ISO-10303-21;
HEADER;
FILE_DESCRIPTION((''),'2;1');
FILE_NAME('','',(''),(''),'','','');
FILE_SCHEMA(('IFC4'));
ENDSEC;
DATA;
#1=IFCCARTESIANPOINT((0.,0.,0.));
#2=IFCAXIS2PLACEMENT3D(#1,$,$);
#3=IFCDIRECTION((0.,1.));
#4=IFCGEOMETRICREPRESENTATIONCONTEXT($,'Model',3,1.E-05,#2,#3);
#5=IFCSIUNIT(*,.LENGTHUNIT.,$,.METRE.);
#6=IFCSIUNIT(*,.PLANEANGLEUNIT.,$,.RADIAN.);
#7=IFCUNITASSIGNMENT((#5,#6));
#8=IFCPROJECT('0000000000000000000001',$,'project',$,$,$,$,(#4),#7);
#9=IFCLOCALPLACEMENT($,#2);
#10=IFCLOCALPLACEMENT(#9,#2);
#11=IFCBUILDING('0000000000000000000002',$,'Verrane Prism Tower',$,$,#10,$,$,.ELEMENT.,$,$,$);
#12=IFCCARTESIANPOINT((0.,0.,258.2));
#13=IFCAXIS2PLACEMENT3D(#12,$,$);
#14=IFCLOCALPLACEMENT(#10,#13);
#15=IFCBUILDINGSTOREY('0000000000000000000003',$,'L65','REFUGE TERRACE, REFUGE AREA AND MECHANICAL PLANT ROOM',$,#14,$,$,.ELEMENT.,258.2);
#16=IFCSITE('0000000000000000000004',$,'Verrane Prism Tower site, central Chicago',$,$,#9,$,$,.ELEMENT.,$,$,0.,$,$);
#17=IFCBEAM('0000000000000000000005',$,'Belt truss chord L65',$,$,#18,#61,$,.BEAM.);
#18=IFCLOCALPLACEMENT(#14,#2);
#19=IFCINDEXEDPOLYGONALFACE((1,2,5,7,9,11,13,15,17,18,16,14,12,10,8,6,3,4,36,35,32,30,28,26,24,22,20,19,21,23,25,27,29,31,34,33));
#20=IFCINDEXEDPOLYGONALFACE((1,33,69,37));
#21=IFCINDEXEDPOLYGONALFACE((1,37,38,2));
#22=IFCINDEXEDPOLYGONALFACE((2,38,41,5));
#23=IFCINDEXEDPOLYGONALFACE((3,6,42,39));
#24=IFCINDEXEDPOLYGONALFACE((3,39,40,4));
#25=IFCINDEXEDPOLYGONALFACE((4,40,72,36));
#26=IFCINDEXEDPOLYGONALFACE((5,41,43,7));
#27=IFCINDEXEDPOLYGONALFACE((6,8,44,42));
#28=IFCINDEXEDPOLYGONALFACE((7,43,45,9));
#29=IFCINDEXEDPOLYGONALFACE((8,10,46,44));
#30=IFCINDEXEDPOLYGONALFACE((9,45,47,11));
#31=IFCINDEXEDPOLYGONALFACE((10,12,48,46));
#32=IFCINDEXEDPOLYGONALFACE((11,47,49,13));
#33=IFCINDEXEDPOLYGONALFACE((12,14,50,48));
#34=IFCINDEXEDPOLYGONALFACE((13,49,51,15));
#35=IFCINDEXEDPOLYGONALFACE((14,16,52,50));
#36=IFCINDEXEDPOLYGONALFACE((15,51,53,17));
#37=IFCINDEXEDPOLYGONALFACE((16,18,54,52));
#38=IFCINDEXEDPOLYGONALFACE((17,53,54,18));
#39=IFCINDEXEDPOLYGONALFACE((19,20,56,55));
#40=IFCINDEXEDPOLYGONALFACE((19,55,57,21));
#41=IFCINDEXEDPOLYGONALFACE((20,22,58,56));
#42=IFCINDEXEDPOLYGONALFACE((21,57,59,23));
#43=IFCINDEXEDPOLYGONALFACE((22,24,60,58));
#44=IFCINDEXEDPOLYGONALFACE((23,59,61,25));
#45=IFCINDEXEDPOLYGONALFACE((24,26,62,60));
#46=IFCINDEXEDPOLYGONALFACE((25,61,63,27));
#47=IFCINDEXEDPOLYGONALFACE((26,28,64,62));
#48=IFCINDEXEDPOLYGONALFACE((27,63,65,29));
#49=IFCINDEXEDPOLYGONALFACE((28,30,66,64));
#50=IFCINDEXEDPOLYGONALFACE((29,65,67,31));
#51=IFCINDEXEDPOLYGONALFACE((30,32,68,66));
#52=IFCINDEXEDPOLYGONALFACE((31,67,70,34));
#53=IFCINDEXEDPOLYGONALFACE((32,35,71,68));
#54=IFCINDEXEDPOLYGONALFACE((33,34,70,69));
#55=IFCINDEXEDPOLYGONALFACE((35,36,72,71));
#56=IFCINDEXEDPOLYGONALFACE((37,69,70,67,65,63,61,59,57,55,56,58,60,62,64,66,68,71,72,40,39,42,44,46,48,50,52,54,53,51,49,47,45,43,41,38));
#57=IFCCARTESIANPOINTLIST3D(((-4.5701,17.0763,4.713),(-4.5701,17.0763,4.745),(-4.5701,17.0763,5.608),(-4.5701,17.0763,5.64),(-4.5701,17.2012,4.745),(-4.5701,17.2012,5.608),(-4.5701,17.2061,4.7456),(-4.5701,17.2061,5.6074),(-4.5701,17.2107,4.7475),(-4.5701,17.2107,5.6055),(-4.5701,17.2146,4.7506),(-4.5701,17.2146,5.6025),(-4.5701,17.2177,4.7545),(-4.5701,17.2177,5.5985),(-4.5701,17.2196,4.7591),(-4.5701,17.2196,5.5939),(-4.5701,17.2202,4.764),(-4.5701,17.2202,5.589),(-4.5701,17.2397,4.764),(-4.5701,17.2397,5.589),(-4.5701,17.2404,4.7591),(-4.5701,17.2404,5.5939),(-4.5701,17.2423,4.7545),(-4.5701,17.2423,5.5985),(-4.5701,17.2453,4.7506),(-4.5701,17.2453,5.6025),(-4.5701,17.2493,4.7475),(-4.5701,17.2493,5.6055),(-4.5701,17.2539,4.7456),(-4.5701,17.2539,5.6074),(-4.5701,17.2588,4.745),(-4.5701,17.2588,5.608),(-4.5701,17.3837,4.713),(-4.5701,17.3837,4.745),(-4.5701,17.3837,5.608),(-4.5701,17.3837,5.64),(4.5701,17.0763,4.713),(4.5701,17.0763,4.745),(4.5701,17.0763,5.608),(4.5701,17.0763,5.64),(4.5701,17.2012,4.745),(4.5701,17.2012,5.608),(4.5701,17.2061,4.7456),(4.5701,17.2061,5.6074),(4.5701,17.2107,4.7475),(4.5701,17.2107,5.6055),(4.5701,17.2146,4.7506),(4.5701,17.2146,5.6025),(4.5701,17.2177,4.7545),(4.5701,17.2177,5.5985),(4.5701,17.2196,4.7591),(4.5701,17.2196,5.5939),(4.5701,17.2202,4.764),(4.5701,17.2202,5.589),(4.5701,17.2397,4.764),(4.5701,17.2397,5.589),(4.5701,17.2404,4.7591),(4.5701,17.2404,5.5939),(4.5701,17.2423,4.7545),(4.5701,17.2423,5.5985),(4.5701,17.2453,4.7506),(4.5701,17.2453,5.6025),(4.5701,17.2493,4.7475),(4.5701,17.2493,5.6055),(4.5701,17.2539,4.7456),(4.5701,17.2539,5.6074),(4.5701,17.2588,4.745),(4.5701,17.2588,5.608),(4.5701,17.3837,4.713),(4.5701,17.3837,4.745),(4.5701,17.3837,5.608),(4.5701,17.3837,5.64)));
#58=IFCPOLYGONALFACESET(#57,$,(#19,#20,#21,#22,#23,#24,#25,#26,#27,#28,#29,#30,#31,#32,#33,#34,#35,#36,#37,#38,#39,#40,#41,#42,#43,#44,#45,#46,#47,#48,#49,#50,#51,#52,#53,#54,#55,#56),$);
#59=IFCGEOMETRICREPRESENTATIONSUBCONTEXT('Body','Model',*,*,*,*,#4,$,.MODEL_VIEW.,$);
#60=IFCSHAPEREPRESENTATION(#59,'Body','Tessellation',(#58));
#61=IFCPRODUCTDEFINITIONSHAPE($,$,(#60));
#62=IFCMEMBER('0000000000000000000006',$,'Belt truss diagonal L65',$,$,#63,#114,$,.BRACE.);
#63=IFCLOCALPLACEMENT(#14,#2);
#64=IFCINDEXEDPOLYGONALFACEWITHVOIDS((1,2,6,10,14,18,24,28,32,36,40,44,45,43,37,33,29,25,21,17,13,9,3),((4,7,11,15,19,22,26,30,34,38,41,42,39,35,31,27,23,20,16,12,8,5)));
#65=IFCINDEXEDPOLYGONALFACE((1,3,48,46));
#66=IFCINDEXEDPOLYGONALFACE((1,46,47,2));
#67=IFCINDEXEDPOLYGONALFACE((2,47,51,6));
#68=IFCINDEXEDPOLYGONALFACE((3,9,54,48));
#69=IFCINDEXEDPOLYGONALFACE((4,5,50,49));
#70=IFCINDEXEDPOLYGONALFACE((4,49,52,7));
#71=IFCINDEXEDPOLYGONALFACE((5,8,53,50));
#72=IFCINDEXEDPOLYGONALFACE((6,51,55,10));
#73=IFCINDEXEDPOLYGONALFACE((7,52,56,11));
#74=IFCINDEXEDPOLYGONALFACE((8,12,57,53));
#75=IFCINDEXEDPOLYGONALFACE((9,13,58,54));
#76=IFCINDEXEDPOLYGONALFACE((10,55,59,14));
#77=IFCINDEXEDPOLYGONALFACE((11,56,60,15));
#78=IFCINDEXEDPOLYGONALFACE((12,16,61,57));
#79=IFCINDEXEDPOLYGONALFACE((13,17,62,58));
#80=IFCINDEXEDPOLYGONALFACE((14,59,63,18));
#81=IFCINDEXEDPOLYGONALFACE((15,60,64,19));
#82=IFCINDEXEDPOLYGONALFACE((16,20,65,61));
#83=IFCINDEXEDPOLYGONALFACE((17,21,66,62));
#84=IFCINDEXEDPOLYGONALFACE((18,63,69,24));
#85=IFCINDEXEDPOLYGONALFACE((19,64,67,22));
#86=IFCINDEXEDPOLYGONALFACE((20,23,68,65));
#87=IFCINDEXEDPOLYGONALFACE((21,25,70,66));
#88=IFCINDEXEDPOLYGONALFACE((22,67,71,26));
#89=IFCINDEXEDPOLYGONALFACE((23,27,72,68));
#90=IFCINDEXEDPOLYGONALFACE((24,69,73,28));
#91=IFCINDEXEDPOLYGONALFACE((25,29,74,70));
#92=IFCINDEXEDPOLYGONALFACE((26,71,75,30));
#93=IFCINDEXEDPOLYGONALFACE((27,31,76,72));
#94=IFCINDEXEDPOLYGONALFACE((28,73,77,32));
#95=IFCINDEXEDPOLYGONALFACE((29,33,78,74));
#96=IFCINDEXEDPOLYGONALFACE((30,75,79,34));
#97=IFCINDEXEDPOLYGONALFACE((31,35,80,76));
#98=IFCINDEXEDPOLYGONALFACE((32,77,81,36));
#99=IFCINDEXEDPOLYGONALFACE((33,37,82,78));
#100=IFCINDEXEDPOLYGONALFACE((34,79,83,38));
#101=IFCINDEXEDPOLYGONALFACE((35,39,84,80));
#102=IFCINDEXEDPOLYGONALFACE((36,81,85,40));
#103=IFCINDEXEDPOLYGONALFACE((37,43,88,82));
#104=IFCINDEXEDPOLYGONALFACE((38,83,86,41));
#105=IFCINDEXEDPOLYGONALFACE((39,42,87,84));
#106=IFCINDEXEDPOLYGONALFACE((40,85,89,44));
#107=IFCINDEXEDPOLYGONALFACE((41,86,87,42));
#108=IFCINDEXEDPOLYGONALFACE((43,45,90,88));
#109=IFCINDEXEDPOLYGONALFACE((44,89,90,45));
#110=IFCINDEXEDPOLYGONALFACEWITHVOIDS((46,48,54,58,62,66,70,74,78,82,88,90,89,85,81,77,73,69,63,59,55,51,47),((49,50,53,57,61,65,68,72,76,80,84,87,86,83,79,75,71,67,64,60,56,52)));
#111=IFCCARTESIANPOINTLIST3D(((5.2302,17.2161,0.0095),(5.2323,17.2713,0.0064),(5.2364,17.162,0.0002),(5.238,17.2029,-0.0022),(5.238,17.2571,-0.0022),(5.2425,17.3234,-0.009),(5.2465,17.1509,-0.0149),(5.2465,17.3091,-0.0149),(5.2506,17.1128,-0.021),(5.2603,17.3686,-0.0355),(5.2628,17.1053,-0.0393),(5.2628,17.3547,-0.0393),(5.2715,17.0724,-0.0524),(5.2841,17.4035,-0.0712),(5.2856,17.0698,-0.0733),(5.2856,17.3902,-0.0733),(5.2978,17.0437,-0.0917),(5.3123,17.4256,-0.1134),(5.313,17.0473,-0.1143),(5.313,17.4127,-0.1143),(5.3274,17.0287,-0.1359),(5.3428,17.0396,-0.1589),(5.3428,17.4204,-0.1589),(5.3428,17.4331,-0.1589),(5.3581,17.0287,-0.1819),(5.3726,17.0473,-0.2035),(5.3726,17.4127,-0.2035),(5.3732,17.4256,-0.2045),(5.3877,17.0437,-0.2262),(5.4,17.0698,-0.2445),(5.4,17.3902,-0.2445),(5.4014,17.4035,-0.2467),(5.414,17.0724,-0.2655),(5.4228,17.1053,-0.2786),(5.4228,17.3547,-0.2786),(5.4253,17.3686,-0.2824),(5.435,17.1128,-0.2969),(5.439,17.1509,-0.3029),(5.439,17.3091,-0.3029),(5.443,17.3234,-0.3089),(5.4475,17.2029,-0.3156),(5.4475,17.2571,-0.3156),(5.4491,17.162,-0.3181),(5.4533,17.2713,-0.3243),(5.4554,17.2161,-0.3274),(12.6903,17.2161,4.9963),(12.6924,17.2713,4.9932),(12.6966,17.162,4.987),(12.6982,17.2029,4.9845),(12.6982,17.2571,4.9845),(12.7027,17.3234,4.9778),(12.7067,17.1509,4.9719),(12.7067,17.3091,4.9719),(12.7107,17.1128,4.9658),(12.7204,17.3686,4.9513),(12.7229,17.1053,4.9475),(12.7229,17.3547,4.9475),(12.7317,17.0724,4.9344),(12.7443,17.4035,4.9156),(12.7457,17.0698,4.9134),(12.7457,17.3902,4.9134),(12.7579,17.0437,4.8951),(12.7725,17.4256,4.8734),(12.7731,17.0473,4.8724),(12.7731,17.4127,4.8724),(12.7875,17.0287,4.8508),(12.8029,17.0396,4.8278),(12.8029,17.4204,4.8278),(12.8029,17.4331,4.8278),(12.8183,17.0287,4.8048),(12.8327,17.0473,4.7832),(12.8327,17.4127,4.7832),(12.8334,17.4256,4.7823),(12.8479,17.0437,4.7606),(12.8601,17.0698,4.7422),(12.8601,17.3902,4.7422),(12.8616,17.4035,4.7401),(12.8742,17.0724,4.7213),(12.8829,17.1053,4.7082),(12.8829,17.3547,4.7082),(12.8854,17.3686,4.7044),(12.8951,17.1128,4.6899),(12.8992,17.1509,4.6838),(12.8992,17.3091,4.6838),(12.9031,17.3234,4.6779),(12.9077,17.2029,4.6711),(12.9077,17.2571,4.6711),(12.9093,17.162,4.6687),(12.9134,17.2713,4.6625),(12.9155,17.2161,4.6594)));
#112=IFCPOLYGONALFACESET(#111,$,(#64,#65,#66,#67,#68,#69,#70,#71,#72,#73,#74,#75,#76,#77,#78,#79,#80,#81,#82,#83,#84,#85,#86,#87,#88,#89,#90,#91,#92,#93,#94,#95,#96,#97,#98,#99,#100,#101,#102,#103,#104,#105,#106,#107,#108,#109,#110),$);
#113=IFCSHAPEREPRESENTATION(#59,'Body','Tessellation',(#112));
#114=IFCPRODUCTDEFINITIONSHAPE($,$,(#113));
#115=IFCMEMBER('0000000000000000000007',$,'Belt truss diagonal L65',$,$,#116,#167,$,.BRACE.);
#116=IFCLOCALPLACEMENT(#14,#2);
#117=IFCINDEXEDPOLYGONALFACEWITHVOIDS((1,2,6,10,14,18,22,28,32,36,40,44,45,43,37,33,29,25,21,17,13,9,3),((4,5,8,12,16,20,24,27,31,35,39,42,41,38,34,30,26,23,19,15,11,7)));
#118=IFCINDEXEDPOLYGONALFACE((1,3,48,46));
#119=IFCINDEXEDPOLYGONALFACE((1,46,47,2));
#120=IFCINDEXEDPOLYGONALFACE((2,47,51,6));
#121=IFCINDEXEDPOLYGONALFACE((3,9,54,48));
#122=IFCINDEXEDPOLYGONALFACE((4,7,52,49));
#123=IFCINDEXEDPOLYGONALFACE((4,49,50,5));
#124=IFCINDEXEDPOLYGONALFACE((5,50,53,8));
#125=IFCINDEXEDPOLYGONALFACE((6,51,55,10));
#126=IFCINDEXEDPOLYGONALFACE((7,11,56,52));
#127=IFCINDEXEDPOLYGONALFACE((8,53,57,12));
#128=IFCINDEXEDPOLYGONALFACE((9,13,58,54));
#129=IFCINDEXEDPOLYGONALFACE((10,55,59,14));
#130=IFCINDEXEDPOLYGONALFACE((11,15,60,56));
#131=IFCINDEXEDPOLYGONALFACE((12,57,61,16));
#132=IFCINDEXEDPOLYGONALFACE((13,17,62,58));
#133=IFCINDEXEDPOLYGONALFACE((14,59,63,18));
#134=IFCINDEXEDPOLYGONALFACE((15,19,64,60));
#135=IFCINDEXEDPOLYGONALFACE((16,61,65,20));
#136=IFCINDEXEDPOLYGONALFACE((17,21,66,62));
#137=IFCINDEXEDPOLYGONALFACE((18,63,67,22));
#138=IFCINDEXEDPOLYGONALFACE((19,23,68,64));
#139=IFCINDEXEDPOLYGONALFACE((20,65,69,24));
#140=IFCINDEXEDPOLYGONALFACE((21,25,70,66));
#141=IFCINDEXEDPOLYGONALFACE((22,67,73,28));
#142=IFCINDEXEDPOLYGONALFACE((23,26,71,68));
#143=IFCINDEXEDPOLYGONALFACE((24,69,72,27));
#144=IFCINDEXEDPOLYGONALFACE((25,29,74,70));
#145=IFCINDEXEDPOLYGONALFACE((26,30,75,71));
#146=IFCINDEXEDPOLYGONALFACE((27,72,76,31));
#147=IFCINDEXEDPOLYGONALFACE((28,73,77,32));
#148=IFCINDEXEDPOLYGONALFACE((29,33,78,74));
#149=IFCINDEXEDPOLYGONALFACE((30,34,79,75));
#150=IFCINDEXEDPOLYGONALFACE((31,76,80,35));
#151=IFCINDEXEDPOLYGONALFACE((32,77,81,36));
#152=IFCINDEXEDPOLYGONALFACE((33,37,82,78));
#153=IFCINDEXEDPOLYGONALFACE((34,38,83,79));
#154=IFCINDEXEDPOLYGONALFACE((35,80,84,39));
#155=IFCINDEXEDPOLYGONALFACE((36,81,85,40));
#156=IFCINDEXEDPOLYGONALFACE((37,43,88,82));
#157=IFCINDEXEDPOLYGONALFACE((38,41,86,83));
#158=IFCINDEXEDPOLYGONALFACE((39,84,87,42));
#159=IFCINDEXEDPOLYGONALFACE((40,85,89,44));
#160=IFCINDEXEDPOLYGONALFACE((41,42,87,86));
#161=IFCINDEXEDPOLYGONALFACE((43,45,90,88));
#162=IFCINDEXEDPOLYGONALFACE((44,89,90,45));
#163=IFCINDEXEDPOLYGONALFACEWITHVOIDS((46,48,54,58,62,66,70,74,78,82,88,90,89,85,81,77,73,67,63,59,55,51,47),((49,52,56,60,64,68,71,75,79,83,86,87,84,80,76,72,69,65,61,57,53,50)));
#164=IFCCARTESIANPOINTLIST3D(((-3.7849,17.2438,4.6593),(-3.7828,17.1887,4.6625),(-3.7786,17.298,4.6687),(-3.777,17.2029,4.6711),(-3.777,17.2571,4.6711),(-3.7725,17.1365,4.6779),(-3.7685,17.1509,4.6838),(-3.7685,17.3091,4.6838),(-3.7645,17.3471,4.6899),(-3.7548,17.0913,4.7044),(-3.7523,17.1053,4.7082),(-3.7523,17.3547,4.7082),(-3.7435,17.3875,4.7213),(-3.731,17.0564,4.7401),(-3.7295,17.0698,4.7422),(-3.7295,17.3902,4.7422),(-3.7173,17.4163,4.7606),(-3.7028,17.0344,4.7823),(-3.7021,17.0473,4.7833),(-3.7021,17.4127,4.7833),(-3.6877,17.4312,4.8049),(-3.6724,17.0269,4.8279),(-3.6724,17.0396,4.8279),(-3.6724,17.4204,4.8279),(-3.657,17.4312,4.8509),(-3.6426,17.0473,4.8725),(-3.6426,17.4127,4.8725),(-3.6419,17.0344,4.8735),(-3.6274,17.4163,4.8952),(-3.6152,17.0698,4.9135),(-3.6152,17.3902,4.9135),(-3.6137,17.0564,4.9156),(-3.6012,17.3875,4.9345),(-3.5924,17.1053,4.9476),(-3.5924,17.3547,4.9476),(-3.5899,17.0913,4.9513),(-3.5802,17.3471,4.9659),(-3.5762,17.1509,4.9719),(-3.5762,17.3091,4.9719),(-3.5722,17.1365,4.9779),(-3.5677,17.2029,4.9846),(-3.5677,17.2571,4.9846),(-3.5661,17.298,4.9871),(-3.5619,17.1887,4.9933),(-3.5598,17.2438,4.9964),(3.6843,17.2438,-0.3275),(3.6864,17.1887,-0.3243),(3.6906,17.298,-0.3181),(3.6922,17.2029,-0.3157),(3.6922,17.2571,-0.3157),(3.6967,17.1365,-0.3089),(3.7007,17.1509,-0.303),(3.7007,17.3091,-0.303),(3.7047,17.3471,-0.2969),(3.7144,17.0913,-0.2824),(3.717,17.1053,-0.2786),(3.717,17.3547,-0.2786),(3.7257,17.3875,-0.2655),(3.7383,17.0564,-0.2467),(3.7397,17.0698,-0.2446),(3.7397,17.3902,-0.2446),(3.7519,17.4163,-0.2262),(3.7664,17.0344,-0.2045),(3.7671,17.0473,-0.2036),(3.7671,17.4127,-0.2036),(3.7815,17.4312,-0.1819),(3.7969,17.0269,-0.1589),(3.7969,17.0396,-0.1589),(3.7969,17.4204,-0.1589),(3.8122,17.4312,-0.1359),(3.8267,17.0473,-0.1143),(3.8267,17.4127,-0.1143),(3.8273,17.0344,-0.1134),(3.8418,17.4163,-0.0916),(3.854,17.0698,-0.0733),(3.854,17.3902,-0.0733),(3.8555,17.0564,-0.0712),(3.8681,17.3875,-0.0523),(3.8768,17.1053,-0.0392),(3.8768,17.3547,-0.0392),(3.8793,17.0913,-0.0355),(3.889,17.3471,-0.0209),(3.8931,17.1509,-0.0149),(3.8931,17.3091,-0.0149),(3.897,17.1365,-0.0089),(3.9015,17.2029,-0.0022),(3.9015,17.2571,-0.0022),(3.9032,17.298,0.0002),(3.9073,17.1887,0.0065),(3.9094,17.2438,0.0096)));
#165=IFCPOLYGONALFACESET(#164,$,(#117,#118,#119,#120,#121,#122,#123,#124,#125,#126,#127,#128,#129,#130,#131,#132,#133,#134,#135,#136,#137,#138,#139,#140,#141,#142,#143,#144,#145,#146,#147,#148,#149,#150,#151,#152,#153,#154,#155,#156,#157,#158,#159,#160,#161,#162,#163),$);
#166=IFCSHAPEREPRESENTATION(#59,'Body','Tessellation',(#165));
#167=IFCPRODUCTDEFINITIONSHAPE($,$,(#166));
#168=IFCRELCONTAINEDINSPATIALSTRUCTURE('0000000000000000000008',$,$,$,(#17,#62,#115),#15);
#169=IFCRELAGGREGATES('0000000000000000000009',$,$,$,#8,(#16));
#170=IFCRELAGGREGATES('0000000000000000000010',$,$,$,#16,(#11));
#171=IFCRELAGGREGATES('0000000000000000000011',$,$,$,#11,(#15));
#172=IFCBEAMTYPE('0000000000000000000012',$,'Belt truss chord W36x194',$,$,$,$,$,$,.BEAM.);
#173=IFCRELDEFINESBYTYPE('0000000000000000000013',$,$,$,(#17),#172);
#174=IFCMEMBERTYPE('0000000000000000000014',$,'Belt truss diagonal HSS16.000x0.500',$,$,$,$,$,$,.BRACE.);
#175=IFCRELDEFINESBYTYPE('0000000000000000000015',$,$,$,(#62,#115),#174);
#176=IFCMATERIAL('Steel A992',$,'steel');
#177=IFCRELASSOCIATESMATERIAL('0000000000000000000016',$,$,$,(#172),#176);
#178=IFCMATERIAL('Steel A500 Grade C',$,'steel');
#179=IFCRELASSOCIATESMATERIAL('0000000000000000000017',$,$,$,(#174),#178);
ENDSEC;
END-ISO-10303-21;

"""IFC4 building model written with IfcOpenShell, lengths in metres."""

from ifc_helpers import new_model, si_unit, direction, frame, origin, origin_2d, place, context, subcontext, project, spatial, hollow_circle, i_section, extrude, material, material_profile, profile_set, type_object, element, save


model = new_model("IFC4")

# Units and contexts
model_context = context("Model", 3, precision=1e-05, world=origin(), true_north=direction((0.0, 1.0)))
body_context = subcontext(model_context, "Body", "Model", "MODEL_VIEW")
ifc_project = project(units=[si_unit("LENGTHUNIT", "METRE"), si_unit("PLANEANGLEUNIT", "RADIAN")], contexts=[model_context])

# Site, building, storey
site_placement = place(None, origin())
site = spatial("IfcSite", under=ifc_project, at=site_placement, Name="Verrane Prism Tower site, central Chicago", CompositionType="ELEMENT", RefElevation=0.0)
building_placement = place(site_placement, origin())
building = spatial("IfcBuilding", under=site, at=building_placement, Name="Verrane Prism Tower", CompositionType="ELEMENT")
storey_placement = place(building_placement, frame((0.0, 0.0, 258.2)))
storey = spatial("IfcBuildingStorey", under=building, at=storey_placement, Name="L65", Description="REFUGE TERRACE, REFUGE AREA AND MECHANICAL PLANT ROOM", CompositionType="ELEMENT", Elevation=258.2)

# Beam
ifc_material_1 = material(Name="Steel A992", Category="steel")
ifc_material_profile_1 = material_profile(ifc_material_1, i_section(OverallWidth=0.3074, OverallDepth=0.927, WebThickness=0.0195, FlangeThickness=0.032, FilletRadius=0.019, at=origin_2d()), Name="W36x194")
ifc_profile_set_1 = profile_set([ifc_material_profile_1], Name="Steel A992")
beam_type_1 = type_object("IfcBeamType", Name="Belt truss chord W36x194", PredefinedType="BEAM", material=ifc_profile_set_1)
beam_1_placement = place(storey_placement, frame((4.5701, 17.23, 5.1765), z_axis=(-1.0, 0.0, 0.0), x_axis=(0.0, -1.0, 0.0)))
element("IfcBeam", 1, at=beam_1_placement, inside=storey, type_object=beam_type_1, Name="Belt truss chord L65", PredefinedType="BEAM", context=body_context, shape_type="SweptSolid", body=[
    extrude(i_section(OverallWidth=0.3074, OverallDepth=0.927, WebThickness=0.0195, FlangeThickness=0.032, FilletRadius=0.019, at=origin_2d()), origin(), (0.0, 0.0, 1.0), 9.1401),
])

# Members
ifc_material_2 = material(Name="Steel A500 Grade C", Category="steel")
ifc_material_profile_2 = material_profile(ifc_material_2, hollow_circle(Radius=0.2031, WallThickness=0.0127, at=origin_2d()), Name="HSS16.000x0.500")
ifc_profile_set_2 = profile_set([ifc_material_profile_2], Name="Steel A500 Grade C")
member_type_1 = type_object("IfcMemberType", Name="Belt truss diagonal HSS16.000x0.500", PredefinedType="BRACE", material=ifc_profile_set_2)
member_1_placement = place(storey_placement, frame((5.3428, 17.23, -0.1589), z_axis=(0.831363, 0.0, 0.555729), x_axis=(0.0, 1.0, 0.0)))
element("IfcMember", 2, at=member_1_placement, inside=storey, type_object=member_type_1, Name="Belt truss diagonal L65", PredefinedType="BRACE", context=body_context, shape_type="SweptSolid", body=[
    extrude(hollow_circle(Radius=0.2031, WallThickness=0.0127, at=origin_2d()), origin(), (0.0, 0.0, 1.0), 8.9734),
])
member_2_placement = place(storey_placement, frame((3.7969, 17.23, -0.1589), z_axis=(-0.831674, 0.0, 0.555265), x_axis=(0.0, -1.0, 0.0)))
element("IfcMember", 3, at=member_2_placement, inside=storey, type_object=member_type_1, Name="Belt truss diagonal L65", PredefinedType="BRACE", context=body_context, shape_type="SweptSolid", body=[
    extrude(hollow_circle(Radius=0.2031, WallThickness=0.0127, at=origin_2d()), origin(), (0.0, 0.0, 1.0), 8.981),
])

save(model, "model.ifc")
